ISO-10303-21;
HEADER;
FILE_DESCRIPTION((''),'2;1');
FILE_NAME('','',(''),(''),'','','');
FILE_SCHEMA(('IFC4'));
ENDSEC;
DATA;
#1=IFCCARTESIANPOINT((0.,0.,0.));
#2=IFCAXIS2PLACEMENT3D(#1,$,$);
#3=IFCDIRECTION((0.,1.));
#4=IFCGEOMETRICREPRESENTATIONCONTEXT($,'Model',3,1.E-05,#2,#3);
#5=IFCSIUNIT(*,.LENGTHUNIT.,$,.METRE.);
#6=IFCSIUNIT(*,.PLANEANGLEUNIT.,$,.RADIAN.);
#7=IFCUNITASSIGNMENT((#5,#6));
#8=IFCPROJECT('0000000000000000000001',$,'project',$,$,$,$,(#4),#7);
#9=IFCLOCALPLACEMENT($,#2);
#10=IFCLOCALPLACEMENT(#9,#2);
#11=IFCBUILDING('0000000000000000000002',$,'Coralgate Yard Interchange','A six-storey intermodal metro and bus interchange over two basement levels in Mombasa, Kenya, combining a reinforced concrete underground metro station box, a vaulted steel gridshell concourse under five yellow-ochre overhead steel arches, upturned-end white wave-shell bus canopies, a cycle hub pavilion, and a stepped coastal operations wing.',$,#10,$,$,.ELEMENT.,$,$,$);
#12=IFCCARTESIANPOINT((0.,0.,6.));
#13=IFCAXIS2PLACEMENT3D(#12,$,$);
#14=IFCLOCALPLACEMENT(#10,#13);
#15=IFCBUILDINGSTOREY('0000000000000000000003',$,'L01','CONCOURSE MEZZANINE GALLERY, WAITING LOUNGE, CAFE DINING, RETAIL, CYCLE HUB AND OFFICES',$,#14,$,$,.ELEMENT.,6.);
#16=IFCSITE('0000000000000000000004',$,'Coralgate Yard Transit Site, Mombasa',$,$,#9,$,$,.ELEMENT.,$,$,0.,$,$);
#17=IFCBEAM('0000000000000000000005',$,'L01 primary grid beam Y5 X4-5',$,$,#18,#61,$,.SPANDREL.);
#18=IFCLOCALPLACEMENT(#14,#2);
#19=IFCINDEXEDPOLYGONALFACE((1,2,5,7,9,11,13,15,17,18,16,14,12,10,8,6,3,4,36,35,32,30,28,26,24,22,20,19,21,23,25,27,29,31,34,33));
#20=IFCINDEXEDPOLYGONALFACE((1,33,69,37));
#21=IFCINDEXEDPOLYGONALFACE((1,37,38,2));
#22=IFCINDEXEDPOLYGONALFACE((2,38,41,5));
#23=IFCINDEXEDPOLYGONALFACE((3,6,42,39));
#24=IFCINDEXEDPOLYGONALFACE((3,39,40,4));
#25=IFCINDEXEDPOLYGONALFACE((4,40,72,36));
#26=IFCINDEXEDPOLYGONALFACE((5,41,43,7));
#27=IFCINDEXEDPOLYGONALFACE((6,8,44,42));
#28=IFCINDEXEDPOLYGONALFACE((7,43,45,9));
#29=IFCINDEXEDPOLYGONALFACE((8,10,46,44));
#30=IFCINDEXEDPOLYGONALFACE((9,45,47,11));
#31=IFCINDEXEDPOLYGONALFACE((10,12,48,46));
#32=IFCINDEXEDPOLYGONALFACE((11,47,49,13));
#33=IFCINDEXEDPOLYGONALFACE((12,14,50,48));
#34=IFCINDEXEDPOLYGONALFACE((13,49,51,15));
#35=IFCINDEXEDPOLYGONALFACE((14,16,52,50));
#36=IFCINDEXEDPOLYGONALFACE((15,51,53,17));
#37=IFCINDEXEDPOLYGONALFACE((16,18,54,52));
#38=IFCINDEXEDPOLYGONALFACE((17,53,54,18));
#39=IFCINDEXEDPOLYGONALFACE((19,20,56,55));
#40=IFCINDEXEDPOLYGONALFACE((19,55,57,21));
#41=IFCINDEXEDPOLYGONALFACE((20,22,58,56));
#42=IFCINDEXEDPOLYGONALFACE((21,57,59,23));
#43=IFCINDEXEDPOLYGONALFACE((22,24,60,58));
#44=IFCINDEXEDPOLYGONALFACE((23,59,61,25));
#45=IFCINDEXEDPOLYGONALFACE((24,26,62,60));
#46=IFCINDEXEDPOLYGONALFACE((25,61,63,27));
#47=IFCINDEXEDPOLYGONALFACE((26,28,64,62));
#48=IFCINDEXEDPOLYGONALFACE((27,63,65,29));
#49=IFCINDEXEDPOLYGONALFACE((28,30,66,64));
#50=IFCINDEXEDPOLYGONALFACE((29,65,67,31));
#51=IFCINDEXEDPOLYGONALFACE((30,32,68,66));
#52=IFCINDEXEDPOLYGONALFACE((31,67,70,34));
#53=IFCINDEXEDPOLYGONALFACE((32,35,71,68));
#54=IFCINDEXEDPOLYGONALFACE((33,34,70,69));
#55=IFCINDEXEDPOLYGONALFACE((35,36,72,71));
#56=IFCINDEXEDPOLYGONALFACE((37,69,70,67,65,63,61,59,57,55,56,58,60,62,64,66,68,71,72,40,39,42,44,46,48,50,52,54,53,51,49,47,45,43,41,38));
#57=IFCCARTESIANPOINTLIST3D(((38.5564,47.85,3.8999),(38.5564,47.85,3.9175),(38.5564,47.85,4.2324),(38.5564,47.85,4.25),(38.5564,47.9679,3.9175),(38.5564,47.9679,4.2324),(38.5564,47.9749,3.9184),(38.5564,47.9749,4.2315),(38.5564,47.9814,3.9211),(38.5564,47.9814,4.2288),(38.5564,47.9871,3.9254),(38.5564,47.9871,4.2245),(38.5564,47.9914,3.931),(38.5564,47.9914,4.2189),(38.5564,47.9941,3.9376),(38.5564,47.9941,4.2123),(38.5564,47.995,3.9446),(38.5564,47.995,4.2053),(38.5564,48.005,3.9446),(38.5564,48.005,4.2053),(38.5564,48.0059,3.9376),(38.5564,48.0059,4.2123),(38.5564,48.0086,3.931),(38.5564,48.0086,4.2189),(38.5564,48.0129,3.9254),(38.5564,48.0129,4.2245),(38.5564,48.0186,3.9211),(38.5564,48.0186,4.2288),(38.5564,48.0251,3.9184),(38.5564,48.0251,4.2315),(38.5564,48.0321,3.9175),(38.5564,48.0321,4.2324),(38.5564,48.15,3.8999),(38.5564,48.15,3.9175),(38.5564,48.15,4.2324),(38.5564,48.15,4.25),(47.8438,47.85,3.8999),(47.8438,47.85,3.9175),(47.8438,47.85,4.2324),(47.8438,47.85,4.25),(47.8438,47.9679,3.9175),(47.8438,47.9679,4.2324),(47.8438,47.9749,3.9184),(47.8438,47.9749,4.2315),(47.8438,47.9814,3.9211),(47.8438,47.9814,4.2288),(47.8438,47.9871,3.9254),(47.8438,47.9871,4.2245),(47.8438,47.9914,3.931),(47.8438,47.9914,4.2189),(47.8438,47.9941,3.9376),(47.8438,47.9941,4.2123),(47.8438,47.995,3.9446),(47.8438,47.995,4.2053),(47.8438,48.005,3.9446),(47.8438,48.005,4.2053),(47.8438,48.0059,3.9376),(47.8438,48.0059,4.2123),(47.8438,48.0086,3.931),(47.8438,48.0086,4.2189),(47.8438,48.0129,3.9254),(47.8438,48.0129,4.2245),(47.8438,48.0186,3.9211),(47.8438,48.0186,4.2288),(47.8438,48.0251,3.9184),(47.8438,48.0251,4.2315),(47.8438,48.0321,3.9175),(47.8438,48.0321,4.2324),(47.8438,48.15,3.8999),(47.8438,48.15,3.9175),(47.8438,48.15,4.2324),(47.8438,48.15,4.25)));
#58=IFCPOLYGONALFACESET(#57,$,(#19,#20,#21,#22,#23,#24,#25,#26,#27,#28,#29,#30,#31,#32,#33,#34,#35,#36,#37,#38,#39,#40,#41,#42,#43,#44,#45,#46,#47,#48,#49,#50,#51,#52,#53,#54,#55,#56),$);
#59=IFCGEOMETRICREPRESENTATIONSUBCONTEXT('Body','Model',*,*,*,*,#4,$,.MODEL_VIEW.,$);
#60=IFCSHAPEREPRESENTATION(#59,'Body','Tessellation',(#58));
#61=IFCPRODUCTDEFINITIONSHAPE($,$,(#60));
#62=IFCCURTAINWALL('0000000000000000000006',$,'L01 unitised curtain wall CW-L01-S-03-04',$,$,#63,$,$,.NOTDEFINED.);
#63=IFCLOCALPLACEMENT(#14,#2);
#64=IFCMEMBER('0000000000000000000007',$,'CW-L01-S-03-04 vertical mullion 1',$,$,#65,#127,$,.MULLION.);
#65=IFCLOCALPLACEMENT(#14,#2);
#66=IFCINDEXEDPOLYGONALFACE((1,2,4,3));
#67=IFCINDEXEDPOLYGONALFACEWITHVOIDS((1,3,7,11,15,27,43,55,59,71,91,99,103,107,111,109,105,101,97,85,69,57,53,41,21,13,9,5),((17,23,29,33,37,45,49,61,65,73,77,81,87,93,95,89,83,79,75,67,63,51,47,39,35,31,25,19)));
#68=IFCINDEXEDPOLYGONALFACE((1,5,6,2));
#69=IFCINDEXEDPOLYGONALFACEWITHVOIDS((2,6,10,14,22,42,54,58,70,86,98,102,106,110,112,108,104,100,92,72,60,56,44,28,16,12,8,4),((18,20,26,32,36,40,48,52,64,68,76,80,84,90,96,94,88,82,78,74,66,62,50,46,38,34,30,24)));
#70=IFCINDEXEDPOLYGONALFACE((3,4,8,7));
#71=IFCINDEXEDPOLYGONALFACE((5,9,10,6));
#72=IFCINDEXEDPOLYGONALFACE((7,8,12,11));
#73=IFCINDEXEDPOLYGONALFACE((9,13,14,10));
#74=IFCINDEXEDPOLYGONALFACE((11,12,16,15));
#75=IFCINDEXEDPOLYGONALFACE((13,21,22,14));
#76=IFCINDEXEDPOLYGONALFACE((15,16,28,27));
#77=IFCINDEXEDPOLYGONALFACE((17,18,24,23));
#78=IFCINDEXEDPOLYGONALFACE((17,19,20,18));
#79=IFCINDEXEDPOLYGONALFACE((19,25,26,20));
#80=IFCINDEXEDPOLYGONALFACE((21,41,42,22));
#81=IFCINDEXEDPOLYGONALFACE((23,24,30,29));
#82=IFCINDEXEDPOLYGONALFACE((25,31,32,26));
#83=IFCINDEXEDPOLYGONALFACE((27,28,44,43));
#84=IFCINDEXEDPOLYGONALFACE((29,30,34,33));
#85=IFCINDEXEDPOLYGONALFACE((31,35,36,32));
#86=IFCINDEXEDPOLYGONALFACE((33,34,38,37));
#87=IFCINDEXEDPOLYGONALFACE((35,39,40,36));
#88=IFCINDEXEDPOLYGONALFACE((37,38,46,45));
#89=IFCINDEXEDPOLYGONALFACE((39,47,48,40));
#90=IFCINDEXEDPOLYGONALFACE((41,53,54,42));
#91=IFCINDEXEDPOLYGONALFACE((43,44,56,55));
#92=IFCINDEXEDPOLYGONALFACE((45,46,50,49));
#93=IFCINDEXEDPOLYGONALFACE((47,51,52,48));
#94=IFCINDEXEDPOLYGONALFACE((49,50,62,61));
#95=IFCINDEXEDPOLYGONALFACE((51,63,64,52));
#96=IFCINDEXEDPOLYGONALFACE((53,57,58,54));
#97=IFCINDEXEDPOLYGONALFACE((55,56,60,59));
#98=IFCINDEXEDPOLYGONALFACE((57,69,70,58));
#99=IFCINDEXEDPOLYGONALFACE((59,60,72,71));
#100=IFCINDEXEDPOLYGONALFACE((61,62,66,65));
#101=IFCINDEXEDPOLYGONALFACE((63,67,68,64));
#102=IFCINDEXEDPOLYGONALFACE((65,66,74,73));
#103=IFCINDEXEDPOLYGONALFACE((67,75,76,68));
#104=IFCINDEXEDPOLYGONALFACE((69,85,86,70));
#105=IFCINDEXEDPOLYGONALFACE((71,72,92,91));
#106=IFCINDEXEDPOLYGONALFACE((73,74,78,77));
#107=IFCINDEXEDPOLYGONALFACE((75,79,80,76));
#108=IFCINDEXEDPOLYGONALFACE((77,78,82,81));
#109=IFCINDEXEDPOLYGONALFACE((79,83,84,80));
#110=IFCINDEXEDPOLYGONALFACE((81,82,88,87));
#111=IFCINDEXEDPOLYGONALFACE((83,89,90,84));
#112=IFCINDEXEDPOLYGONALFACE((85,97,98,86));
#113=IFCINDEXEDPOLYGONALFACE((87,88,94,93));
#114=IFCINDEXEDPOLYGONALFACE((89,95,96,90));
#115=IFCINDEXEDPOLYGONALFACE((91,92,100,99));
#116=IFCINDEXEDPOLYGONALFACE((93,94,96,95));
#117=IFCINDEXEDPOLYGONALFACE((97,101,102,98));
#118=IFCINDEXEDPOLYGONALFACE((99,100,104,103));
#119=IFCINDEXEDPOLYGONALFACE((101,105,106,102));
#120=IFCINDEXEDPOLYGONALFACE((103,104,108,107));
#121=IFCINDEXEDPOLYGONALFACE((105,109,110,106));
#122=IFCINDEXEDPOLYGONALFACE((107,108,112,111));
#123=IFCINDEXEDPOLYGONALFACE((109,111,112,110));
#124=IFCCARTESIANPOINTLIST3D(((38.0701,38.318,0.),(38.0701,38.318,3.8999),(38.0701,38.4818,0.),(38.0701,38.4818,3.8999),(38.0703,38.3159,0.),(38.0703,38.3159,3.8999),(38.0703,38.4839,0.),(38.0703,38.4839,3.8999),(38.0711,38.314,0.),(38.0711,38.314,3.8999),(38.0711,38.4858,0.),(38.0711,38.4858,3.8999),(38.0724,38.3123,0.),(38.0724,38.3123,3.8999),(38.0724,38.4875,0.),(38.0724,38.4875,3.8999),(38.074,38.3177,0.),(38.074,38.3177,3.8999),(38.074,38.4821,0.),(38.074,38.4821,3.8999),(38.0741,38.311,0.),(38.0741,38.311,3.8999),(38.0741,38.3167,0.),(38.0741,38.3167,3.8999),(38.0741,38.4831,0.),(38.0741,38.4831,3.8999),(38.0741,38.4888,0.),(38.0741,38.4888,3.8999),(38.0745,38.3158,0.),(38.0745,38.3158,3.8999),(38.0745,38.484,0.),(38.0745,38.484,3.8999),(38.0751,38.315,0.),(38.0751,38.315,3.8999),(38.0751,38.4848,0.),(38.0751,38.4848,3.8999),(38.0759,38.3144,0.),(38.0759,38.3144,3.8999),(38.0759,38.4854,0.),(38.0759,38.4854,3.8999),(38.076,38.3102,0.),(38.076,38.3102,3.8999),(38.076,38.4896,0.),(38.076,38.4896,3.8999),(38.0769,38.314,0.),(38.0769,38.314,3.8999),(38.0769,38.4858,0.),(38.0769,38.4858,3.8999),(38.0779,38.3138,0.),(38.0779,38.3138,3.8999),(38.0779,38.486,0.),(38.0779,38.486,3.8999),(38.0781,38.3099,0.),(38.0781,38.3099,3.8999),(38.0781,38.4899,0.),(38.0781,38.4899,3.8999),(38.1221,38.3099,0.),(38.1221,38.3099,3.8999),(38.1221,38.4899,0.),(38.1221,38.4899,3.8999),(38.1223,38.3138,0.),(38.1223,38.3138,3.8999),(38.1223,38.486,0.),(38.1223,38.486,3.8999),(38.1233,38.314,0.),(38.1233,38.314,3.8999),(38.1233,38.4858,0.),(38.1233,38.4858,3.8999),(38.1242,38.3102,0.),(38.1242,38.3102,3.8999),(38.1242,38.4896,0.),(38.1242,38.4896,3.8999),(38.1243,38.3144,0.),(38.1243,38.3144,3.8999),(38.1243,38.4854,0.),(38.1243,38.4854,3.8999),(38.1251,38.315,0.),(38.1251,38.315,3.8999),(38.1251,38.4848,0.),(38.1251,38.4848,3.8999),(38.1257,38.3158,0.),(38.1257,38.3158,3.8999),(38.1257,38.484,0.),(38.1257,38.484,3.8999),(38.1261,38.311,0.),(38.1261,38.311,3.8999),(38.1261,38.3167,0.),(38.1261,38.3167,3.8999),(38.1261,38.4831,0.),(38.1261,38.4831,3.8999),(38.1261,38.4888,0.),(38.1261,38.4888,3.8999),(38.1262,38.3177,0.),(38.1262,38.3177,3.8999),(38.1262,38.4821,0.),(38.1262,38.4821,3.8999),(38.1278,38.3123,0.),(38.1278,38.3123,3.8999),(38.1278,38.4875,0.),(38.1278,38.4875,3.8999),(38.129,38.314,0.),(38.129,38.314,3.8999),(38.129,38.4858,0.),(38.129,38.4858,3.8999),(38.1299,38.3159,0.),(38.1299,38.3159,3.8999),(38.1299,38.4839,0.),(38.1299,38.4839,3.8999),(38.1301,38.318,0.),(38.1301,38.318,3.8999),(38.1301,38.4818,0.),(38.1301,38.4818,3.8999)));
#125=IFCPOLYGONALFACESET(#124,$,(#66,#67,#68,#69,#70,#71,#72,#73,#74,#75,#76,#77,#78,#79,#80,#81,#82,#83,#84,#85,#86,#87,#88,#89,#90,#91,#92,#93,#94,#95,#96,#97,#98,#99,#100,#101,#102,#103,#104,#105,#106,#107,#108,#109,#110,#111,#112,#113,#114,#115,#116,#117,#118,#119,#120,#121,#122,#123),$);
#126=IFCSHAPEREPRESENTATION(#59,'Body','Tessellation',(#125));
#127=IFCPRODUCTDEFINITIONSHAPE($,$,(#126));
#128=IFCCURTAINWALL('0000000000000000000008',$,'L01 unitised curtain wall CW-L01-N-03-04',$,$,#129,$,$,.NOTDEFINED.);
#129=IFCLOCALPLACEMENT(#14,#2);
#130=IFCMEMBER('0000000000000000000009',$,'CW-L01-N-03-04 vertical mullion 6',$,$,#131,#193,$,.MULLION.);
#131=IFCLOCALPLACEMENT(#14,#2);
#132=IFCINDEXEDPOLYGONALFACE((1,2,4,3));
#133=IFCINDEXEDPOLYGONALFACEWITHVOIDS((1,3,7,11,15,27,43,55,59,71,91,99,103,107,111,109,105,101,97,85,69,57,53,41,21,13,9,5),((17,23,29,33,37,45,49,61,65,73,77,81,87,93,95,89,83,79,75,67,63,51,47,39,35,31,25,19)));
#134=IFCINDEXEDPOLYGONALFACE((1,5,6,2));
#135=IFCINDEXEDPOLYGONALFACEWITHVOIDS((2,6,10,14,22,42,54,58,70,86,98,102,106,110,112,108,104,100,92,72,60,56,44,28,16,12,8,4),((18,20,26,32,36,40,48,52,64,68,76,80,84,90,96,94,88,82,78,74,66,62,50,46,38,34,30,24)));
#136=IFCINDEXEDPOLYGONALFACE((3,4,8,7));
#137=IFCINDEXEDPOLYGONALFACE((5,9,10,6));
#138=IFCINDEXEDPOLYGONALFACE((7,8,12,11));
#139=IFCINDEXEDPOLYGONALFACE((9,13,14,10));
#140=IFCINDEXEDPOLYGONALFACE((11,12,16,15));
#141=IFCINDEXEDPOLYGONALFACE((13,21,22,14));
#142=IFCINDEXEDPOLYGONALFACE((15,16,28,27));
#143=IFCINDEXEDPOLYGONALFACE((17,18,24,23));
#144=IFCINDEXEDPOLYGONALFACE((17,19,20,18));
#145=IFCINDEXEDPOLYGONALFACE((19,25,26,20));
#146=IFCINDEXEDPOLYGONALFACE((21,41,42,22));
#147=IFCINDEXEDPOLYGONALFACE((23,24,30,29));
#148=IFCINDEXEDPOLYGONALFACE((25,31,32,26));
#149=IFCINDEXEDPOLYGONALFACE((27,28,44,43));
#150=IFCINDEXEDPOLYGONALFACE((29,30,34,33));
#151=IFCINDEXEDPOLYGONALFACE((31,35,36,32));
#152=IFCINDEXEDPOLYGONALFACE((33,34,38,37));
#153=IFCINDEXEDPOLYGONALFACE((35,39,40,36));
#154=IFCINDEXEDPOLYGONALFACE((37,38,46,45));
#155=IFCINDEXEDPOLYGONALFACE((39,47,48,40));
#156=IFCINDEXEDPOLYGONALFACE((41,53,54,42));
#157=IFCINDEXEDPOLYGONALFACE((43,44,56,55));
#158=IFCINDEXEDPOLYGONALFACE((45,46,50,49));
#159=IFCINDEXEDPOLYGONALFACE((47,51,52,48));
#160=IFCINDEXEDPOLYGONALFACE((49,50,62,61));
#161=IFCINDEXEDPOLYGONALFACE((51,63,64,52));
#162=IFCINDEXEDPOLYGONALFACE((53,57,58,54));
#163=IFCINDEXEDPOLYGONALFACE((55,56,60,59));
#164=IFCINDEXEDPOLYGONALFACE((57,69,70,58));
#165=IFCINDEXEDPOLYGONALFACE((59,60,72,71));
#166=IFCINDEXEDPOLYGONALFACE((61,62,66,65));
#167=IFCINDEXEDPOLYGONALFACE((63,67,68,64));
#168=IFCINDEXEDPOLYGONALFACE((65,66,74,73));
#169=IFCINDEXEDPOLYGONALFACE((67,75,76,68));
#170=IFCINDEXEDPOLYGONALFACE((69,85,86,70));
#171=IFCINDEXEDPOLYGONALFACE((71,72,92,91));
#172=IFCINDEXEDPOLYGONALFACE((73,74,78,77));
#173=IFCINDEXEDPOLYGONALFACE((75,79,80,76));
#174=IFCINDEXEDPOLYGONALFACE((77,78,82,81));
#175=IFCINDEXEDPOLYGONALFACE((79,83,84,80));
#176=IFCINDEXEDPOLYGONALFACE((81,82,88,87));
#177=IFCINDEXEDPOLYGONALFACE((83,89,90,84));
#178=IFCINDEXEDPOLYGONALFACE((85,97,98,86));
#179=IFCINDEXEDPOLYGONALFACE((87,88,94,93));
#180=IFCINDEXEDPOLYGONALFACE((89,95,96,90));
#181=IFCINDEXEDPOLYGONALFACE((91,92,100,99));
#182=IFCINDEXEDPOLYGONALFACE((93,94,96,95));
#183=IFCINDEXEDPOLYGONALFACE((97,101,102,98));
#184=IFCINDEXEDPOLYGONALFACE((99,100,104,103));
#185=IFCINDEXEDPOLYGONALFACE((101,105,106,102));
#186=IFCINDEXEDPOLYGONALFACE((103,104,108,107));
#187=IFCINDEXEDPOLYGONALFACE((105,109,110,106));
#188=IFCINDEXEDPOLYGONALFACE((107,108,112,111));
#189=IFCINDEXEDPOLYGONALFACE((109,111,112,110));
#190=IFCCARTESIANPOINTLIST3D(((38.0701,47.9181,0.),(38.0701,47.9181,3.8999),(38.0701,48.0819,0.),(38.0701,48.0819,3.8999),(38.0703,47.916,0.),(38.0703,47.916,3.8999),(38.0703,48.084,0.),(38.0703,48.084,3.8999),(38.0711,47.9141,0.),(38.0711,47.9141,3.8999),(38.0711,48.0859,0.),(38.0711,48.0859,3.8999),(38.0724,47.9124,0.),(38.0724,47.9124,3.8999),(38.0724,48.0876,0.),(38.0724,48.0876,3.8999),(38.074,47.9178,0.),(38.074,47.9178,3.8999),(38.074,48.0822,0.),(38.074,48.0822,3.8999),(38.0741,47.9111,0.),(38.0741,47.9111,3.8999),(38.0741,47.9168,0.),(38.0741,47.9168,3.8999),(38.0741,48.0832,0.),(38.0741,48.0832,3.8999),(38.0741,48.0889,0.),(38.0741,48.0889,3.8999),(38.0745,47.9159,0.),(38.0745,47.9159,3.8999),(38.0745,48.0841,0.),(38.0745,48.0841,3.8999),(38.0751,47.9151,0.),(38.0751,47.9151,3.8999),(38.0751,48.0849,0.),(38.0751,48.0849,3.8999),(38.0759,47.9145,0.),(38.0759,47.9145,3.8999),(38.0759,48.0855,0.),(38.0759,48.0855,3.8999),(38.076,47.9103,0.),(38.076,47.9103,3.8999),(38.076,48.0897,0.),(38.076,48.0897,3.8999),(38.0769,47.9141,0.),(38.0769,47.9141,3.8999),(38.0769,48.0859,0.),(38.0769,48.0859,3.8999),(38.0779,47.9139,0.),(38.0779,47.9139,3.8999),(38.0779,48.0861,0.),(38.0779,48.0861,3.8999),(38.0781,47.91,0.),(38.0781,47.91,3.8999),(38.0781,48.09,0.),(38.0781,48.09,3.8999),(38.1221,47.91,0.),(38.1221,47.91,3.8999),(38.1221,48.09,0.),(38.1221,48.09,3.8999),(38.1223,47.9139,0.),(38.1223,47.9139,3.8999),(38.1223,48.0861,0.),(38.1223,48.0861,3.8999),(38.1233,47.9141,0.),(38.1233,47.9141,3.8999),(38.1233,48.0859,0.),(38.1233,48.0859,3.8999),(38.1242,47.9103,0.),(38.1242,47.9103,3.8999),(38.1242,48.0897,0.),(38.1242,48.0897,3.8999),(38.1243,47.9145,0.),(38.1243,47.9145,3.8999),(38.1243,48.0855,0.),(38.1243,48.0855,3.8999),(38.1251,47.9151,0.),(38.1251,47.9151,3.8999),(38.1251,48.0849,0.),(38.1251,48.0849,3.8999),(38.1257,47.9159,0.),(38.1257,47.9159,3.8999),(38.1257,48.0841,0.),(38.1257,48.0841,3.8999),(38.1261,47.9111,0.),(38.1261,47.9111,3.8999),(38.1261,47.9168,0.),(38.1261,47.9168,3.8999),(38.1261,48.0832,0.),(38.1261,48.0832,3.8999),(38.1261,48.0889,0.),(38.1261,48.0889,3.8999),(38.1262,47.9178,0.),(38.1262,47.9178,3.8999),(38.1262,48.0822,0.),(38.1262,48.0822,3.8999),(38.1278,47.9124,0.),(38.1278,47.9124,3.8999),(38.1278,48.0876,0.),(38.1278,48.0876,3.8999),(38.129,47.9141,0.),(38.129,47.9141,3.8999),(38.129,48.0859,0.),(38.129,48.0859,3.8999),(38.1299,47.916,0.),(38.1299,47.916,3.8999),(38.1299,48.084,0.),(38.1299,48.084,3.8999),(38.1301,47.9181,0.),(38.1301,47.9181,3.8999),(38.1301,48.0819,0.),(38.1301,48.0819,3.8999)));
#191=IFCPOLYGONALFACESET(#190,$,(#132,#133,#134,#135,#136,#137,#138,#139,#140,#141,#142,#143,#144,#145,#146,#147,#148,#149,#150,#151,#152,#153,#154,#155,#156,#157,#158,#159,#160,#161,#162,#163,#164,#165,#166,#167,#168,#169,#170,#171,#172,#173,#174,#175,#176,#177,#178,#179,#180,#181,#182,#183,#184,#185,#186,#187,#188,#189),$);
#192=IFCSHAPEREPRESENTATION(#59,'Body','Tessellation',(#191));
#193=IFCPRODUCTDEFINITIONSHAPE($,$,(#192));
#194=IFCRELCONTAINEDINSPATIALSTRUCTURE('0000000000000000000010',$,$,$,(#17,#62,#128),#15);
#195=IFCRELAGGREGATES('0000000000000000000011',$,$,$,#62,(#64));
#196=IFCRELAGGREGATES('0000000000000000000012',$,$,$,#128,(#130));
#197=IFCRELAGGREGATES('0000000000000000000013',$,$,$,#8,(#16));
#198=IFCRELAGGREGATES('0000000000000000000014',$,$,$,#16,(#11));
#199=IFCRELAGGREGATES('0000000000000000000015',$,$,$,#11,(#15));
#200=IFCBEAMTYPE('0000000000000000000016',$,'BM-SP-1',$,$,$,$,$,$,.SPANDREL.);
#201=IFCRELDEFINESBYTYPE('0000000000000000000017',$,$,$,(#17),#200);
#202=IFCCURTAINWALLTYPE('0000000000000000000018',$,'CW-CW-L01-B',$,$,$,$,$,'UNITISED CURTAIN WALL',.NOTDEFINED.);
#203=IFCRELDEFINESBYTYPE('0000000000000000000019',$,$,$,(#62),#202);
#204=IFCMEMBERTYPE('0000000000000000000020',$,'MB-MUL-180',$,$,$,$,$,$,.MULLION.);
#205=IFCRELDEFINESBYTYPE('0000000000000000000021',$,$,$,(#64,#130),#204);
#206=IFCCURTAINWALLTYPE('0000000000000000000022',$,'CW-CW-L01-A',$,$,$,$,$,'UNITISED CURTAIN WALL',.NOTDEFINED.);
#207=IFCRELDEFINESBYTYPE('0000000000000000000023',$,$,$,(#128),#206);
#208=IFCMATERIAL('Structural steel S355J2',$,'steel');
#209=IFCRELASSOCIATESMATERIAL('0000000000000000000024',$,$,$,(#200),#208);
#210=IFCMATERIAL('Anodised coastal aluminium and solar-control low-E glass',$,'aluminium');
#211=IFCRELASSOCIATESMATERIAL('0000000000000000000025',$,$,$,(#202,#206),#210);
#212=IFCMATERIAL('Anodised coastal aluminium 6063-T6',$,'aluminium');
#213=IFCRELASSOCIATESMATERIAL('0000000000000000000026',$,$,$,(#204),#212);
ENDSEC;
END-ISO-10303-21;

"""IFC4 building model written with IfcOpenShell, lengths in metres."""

from ifc_helpers import new_model, si_unit, direction, frame, origin, origin_2d, place, context, subcontext, project, spatial, hollow_rectangle, i_section, extrude, material, material_profile, profile_set, type_object, element, aggregate, save


model = new_model("IFC4")

# Units and contexts
model_context = context("Model", 3, precision=1e-05, world=origin(), true_north=direction((0.0, 1.0)))
body_context = subcontext(model_context, "Body", "Model", "MODEL_VIEW")
ifc_project = project(units=[si_unit("LENGTHUNIT", "METRE"), si_unit("PLANEANGLEUNIT", "RADIAN")], contexts=[model_context])

# Site, building, storey
site_placement = place(None, origin())
site = spatial("IfcSite", under=ifc_project, at=site_placement, Name="Coralgate Yard Transit Site, Mombasa", CompositionType="ELEMENT", RefElevation=0.0)
building_placement = place(site_placement, origin())
building = spatial("IfcBuilding", under=site, at=building_placement, Name="Coralgate Yard Interchange", Description="A six-storey intermodal metro and bus interchange over two basement levels in Mombasa, Kenya, combining a reinforced concrete underground metro station box, a vaulted steel gridshell concourse under five yellow-ochre overhead steel arches, upturned-end white wave-shell bus canopies, a cycle hub pavilion, and a stepped coastal operations wing.", CompositionType="ELEMENT")
storey_placement = place(building_placement, frame((0.0, 0.0, 6.0)))
storey = spatial("IfcBuildingStorey", under=building, at=storey_placement, Name="L01", Description="CONCOURSE MEZZANINE GALLERY, WAITING LOUNGE, CAFE DINING, RETAIL, CYCLE HUB AND OFFICES", CompositionType="ELEMENT", Elevation=6.0)

# Shared definitions
ifc_material_1 = material(Name="Structural steel S355J2", Category="steel")

# Beam
ifc_material_profile_1 = material_profile(ifc_material_1, i_section(OverallWidth=0.3, OverallDepth=0.3501, WebThickness=0.01, FlangeThickness=0.0176, FilletRadius=0.0271, at=origin_2d()), Name="HEA 360")
ifc_profile_set_1 = profile_set([ifc_material_profile_1], Name="Structural steel S355J2")
beam_type_1 = type_object("IfcBeamType", Name="BM-SP-1", PredefinedType="SPANDREL", material=ifc_profile_set_1)
beam_1_placement = place(storey_placement, frame((38.5564, 48.0, 4.075), z_axis=(1.0, 0.0, 0.0), x_axis=(0.0, 1.0, 0.0)))
element("IfcBeam", 1, at=beam_1_placement, inside=storey, type_object=beam_type_1, Name="L01 primary grid beam Y5 X4-5", PredefinedType="SPANDREL", context=body_context, shape_type="SweptSolid", body=[
    extrude(i_section(OverallWidth=0.3, OverallDepth=0.3501, WebThickness=0.01, FlangeThickness=0.0176, FilletRadius=0.0271, at=origin_2d()), origin(), (0.0, 0.0, 1.0), 9.2874),
])

# Curtain walls, members
ifc_material_2 = material(Name="Anodised coastal aluminium and solar-control low-E glass", Category="aluminium")
curtain_wall_type_1 = type_object("IfcCurtainWallType", Name="CW-CW-L01-B", ElementType="UNITISED CURTAIN WALL", PredefinedType="NOTDEFINED", material=ifc_material_2)
curtain_wall_1_placement = place(storey_placement, origin())
curtain_wall_1 = element("IfcCurtainWall", 2, at=curtain_wall_1_placement, inside=storey, type_object=curtain_wall_type_1, Name="L01 unitised curtain wall CW-L01-S-03-04", PredefinedType="NOTDEFINED")
ifc_material_3 = material(Name="Anodised coastal aluminium 6063-T6", Category="aluminium")
ifc_material_profile_2 = material_profile(ifc_material_3, hollow_rectangle(XDim=0.0601, YDim=0.1799, WallThickness=0.0039, InnerFilletRadius=0.0039, OuterFilletRadius=0.0081, at=origin_2d()), Name="ALU 60x180x4")
ifc_profile_set_2 = profile_set([ifc_material_profile_2], Name="Anodised coastal aluminium 6063-T6")
member_type_1 = type_object("IfcMemberType", Name="MB-MUL-180", PredefinedType="MULLION", material=ifc_profile_set_2)
member_1_placement = place(storey_placement, frame((38.1001, 38.3999, 0.0), z_axis=(0.0, 0.0, 1.0), x_axis=(1.0, 0.0, 0.0)))
member_1 = element("IfcMember", 3, at=member_1_placement, type_object=member_type_1, Name="CW-L01-S-03-04 vertical mullion 1", PredefinedType="MULLION", context=body_context, shape_type="SweptSolid", body=[
    extrude(hollow_rectangle(XDim=0.0601, YDim=0.1799, WallThickness=0.0039, InnerFilletRadius=0.0039, OuterFilletRadius=0.0081, at=origin_2d()), origin(), (0.0, 0.0, 1.0), 3.8999),
])
curtain_wall_type_2 = type_object("IfcCurtainWallType", Name="CW-CW-L01-A", ElementType="UNITISED CURTAIN WALL", PredefinedType="NOTDEFINED", material=ifc_material_2)
curtain_wall_2_placement = place(storey_placement, origin())
curtain_wall_2 = element("IfcCurtainWall", 4, at=curtain_wall_2_placement, inside=storey, type_object=curtain_wall_type_2, Name="L01 unitised curtain wall CW-L01-N-03-04", PredefinedType="NOTDEFINED")
member_2_placement = place(storey_placement, frame((38.1001, 48.0, 0.0), z_axis=(0.0, 0.0, 1.0), x_axis=(1.0, 0.0, 0.0)))
member_2 = element("IfcMember", 5, at=member_2_placement, type_object=member_type_1, Name="CW-L01-N-03-04 vertical mullion 6", PredefinedType="MULLION", context=body_context, shape_type="SweptSolid", body=[
    extrude(hollow_rectangle(XDim=0.0601, YDim=0.1799, WallThickness=0.0039, InnerFilletRadius=0.0039, OuterFilletRadius=0.0081, at=origin_2d()), origin(), (0.0, 0.0, 1.0), 3.8999),
])

aggregate(curtain_wall_1, [member_1])

aggregate(curtain_wall_2, [member_2])

save(model, "model.ifc")
